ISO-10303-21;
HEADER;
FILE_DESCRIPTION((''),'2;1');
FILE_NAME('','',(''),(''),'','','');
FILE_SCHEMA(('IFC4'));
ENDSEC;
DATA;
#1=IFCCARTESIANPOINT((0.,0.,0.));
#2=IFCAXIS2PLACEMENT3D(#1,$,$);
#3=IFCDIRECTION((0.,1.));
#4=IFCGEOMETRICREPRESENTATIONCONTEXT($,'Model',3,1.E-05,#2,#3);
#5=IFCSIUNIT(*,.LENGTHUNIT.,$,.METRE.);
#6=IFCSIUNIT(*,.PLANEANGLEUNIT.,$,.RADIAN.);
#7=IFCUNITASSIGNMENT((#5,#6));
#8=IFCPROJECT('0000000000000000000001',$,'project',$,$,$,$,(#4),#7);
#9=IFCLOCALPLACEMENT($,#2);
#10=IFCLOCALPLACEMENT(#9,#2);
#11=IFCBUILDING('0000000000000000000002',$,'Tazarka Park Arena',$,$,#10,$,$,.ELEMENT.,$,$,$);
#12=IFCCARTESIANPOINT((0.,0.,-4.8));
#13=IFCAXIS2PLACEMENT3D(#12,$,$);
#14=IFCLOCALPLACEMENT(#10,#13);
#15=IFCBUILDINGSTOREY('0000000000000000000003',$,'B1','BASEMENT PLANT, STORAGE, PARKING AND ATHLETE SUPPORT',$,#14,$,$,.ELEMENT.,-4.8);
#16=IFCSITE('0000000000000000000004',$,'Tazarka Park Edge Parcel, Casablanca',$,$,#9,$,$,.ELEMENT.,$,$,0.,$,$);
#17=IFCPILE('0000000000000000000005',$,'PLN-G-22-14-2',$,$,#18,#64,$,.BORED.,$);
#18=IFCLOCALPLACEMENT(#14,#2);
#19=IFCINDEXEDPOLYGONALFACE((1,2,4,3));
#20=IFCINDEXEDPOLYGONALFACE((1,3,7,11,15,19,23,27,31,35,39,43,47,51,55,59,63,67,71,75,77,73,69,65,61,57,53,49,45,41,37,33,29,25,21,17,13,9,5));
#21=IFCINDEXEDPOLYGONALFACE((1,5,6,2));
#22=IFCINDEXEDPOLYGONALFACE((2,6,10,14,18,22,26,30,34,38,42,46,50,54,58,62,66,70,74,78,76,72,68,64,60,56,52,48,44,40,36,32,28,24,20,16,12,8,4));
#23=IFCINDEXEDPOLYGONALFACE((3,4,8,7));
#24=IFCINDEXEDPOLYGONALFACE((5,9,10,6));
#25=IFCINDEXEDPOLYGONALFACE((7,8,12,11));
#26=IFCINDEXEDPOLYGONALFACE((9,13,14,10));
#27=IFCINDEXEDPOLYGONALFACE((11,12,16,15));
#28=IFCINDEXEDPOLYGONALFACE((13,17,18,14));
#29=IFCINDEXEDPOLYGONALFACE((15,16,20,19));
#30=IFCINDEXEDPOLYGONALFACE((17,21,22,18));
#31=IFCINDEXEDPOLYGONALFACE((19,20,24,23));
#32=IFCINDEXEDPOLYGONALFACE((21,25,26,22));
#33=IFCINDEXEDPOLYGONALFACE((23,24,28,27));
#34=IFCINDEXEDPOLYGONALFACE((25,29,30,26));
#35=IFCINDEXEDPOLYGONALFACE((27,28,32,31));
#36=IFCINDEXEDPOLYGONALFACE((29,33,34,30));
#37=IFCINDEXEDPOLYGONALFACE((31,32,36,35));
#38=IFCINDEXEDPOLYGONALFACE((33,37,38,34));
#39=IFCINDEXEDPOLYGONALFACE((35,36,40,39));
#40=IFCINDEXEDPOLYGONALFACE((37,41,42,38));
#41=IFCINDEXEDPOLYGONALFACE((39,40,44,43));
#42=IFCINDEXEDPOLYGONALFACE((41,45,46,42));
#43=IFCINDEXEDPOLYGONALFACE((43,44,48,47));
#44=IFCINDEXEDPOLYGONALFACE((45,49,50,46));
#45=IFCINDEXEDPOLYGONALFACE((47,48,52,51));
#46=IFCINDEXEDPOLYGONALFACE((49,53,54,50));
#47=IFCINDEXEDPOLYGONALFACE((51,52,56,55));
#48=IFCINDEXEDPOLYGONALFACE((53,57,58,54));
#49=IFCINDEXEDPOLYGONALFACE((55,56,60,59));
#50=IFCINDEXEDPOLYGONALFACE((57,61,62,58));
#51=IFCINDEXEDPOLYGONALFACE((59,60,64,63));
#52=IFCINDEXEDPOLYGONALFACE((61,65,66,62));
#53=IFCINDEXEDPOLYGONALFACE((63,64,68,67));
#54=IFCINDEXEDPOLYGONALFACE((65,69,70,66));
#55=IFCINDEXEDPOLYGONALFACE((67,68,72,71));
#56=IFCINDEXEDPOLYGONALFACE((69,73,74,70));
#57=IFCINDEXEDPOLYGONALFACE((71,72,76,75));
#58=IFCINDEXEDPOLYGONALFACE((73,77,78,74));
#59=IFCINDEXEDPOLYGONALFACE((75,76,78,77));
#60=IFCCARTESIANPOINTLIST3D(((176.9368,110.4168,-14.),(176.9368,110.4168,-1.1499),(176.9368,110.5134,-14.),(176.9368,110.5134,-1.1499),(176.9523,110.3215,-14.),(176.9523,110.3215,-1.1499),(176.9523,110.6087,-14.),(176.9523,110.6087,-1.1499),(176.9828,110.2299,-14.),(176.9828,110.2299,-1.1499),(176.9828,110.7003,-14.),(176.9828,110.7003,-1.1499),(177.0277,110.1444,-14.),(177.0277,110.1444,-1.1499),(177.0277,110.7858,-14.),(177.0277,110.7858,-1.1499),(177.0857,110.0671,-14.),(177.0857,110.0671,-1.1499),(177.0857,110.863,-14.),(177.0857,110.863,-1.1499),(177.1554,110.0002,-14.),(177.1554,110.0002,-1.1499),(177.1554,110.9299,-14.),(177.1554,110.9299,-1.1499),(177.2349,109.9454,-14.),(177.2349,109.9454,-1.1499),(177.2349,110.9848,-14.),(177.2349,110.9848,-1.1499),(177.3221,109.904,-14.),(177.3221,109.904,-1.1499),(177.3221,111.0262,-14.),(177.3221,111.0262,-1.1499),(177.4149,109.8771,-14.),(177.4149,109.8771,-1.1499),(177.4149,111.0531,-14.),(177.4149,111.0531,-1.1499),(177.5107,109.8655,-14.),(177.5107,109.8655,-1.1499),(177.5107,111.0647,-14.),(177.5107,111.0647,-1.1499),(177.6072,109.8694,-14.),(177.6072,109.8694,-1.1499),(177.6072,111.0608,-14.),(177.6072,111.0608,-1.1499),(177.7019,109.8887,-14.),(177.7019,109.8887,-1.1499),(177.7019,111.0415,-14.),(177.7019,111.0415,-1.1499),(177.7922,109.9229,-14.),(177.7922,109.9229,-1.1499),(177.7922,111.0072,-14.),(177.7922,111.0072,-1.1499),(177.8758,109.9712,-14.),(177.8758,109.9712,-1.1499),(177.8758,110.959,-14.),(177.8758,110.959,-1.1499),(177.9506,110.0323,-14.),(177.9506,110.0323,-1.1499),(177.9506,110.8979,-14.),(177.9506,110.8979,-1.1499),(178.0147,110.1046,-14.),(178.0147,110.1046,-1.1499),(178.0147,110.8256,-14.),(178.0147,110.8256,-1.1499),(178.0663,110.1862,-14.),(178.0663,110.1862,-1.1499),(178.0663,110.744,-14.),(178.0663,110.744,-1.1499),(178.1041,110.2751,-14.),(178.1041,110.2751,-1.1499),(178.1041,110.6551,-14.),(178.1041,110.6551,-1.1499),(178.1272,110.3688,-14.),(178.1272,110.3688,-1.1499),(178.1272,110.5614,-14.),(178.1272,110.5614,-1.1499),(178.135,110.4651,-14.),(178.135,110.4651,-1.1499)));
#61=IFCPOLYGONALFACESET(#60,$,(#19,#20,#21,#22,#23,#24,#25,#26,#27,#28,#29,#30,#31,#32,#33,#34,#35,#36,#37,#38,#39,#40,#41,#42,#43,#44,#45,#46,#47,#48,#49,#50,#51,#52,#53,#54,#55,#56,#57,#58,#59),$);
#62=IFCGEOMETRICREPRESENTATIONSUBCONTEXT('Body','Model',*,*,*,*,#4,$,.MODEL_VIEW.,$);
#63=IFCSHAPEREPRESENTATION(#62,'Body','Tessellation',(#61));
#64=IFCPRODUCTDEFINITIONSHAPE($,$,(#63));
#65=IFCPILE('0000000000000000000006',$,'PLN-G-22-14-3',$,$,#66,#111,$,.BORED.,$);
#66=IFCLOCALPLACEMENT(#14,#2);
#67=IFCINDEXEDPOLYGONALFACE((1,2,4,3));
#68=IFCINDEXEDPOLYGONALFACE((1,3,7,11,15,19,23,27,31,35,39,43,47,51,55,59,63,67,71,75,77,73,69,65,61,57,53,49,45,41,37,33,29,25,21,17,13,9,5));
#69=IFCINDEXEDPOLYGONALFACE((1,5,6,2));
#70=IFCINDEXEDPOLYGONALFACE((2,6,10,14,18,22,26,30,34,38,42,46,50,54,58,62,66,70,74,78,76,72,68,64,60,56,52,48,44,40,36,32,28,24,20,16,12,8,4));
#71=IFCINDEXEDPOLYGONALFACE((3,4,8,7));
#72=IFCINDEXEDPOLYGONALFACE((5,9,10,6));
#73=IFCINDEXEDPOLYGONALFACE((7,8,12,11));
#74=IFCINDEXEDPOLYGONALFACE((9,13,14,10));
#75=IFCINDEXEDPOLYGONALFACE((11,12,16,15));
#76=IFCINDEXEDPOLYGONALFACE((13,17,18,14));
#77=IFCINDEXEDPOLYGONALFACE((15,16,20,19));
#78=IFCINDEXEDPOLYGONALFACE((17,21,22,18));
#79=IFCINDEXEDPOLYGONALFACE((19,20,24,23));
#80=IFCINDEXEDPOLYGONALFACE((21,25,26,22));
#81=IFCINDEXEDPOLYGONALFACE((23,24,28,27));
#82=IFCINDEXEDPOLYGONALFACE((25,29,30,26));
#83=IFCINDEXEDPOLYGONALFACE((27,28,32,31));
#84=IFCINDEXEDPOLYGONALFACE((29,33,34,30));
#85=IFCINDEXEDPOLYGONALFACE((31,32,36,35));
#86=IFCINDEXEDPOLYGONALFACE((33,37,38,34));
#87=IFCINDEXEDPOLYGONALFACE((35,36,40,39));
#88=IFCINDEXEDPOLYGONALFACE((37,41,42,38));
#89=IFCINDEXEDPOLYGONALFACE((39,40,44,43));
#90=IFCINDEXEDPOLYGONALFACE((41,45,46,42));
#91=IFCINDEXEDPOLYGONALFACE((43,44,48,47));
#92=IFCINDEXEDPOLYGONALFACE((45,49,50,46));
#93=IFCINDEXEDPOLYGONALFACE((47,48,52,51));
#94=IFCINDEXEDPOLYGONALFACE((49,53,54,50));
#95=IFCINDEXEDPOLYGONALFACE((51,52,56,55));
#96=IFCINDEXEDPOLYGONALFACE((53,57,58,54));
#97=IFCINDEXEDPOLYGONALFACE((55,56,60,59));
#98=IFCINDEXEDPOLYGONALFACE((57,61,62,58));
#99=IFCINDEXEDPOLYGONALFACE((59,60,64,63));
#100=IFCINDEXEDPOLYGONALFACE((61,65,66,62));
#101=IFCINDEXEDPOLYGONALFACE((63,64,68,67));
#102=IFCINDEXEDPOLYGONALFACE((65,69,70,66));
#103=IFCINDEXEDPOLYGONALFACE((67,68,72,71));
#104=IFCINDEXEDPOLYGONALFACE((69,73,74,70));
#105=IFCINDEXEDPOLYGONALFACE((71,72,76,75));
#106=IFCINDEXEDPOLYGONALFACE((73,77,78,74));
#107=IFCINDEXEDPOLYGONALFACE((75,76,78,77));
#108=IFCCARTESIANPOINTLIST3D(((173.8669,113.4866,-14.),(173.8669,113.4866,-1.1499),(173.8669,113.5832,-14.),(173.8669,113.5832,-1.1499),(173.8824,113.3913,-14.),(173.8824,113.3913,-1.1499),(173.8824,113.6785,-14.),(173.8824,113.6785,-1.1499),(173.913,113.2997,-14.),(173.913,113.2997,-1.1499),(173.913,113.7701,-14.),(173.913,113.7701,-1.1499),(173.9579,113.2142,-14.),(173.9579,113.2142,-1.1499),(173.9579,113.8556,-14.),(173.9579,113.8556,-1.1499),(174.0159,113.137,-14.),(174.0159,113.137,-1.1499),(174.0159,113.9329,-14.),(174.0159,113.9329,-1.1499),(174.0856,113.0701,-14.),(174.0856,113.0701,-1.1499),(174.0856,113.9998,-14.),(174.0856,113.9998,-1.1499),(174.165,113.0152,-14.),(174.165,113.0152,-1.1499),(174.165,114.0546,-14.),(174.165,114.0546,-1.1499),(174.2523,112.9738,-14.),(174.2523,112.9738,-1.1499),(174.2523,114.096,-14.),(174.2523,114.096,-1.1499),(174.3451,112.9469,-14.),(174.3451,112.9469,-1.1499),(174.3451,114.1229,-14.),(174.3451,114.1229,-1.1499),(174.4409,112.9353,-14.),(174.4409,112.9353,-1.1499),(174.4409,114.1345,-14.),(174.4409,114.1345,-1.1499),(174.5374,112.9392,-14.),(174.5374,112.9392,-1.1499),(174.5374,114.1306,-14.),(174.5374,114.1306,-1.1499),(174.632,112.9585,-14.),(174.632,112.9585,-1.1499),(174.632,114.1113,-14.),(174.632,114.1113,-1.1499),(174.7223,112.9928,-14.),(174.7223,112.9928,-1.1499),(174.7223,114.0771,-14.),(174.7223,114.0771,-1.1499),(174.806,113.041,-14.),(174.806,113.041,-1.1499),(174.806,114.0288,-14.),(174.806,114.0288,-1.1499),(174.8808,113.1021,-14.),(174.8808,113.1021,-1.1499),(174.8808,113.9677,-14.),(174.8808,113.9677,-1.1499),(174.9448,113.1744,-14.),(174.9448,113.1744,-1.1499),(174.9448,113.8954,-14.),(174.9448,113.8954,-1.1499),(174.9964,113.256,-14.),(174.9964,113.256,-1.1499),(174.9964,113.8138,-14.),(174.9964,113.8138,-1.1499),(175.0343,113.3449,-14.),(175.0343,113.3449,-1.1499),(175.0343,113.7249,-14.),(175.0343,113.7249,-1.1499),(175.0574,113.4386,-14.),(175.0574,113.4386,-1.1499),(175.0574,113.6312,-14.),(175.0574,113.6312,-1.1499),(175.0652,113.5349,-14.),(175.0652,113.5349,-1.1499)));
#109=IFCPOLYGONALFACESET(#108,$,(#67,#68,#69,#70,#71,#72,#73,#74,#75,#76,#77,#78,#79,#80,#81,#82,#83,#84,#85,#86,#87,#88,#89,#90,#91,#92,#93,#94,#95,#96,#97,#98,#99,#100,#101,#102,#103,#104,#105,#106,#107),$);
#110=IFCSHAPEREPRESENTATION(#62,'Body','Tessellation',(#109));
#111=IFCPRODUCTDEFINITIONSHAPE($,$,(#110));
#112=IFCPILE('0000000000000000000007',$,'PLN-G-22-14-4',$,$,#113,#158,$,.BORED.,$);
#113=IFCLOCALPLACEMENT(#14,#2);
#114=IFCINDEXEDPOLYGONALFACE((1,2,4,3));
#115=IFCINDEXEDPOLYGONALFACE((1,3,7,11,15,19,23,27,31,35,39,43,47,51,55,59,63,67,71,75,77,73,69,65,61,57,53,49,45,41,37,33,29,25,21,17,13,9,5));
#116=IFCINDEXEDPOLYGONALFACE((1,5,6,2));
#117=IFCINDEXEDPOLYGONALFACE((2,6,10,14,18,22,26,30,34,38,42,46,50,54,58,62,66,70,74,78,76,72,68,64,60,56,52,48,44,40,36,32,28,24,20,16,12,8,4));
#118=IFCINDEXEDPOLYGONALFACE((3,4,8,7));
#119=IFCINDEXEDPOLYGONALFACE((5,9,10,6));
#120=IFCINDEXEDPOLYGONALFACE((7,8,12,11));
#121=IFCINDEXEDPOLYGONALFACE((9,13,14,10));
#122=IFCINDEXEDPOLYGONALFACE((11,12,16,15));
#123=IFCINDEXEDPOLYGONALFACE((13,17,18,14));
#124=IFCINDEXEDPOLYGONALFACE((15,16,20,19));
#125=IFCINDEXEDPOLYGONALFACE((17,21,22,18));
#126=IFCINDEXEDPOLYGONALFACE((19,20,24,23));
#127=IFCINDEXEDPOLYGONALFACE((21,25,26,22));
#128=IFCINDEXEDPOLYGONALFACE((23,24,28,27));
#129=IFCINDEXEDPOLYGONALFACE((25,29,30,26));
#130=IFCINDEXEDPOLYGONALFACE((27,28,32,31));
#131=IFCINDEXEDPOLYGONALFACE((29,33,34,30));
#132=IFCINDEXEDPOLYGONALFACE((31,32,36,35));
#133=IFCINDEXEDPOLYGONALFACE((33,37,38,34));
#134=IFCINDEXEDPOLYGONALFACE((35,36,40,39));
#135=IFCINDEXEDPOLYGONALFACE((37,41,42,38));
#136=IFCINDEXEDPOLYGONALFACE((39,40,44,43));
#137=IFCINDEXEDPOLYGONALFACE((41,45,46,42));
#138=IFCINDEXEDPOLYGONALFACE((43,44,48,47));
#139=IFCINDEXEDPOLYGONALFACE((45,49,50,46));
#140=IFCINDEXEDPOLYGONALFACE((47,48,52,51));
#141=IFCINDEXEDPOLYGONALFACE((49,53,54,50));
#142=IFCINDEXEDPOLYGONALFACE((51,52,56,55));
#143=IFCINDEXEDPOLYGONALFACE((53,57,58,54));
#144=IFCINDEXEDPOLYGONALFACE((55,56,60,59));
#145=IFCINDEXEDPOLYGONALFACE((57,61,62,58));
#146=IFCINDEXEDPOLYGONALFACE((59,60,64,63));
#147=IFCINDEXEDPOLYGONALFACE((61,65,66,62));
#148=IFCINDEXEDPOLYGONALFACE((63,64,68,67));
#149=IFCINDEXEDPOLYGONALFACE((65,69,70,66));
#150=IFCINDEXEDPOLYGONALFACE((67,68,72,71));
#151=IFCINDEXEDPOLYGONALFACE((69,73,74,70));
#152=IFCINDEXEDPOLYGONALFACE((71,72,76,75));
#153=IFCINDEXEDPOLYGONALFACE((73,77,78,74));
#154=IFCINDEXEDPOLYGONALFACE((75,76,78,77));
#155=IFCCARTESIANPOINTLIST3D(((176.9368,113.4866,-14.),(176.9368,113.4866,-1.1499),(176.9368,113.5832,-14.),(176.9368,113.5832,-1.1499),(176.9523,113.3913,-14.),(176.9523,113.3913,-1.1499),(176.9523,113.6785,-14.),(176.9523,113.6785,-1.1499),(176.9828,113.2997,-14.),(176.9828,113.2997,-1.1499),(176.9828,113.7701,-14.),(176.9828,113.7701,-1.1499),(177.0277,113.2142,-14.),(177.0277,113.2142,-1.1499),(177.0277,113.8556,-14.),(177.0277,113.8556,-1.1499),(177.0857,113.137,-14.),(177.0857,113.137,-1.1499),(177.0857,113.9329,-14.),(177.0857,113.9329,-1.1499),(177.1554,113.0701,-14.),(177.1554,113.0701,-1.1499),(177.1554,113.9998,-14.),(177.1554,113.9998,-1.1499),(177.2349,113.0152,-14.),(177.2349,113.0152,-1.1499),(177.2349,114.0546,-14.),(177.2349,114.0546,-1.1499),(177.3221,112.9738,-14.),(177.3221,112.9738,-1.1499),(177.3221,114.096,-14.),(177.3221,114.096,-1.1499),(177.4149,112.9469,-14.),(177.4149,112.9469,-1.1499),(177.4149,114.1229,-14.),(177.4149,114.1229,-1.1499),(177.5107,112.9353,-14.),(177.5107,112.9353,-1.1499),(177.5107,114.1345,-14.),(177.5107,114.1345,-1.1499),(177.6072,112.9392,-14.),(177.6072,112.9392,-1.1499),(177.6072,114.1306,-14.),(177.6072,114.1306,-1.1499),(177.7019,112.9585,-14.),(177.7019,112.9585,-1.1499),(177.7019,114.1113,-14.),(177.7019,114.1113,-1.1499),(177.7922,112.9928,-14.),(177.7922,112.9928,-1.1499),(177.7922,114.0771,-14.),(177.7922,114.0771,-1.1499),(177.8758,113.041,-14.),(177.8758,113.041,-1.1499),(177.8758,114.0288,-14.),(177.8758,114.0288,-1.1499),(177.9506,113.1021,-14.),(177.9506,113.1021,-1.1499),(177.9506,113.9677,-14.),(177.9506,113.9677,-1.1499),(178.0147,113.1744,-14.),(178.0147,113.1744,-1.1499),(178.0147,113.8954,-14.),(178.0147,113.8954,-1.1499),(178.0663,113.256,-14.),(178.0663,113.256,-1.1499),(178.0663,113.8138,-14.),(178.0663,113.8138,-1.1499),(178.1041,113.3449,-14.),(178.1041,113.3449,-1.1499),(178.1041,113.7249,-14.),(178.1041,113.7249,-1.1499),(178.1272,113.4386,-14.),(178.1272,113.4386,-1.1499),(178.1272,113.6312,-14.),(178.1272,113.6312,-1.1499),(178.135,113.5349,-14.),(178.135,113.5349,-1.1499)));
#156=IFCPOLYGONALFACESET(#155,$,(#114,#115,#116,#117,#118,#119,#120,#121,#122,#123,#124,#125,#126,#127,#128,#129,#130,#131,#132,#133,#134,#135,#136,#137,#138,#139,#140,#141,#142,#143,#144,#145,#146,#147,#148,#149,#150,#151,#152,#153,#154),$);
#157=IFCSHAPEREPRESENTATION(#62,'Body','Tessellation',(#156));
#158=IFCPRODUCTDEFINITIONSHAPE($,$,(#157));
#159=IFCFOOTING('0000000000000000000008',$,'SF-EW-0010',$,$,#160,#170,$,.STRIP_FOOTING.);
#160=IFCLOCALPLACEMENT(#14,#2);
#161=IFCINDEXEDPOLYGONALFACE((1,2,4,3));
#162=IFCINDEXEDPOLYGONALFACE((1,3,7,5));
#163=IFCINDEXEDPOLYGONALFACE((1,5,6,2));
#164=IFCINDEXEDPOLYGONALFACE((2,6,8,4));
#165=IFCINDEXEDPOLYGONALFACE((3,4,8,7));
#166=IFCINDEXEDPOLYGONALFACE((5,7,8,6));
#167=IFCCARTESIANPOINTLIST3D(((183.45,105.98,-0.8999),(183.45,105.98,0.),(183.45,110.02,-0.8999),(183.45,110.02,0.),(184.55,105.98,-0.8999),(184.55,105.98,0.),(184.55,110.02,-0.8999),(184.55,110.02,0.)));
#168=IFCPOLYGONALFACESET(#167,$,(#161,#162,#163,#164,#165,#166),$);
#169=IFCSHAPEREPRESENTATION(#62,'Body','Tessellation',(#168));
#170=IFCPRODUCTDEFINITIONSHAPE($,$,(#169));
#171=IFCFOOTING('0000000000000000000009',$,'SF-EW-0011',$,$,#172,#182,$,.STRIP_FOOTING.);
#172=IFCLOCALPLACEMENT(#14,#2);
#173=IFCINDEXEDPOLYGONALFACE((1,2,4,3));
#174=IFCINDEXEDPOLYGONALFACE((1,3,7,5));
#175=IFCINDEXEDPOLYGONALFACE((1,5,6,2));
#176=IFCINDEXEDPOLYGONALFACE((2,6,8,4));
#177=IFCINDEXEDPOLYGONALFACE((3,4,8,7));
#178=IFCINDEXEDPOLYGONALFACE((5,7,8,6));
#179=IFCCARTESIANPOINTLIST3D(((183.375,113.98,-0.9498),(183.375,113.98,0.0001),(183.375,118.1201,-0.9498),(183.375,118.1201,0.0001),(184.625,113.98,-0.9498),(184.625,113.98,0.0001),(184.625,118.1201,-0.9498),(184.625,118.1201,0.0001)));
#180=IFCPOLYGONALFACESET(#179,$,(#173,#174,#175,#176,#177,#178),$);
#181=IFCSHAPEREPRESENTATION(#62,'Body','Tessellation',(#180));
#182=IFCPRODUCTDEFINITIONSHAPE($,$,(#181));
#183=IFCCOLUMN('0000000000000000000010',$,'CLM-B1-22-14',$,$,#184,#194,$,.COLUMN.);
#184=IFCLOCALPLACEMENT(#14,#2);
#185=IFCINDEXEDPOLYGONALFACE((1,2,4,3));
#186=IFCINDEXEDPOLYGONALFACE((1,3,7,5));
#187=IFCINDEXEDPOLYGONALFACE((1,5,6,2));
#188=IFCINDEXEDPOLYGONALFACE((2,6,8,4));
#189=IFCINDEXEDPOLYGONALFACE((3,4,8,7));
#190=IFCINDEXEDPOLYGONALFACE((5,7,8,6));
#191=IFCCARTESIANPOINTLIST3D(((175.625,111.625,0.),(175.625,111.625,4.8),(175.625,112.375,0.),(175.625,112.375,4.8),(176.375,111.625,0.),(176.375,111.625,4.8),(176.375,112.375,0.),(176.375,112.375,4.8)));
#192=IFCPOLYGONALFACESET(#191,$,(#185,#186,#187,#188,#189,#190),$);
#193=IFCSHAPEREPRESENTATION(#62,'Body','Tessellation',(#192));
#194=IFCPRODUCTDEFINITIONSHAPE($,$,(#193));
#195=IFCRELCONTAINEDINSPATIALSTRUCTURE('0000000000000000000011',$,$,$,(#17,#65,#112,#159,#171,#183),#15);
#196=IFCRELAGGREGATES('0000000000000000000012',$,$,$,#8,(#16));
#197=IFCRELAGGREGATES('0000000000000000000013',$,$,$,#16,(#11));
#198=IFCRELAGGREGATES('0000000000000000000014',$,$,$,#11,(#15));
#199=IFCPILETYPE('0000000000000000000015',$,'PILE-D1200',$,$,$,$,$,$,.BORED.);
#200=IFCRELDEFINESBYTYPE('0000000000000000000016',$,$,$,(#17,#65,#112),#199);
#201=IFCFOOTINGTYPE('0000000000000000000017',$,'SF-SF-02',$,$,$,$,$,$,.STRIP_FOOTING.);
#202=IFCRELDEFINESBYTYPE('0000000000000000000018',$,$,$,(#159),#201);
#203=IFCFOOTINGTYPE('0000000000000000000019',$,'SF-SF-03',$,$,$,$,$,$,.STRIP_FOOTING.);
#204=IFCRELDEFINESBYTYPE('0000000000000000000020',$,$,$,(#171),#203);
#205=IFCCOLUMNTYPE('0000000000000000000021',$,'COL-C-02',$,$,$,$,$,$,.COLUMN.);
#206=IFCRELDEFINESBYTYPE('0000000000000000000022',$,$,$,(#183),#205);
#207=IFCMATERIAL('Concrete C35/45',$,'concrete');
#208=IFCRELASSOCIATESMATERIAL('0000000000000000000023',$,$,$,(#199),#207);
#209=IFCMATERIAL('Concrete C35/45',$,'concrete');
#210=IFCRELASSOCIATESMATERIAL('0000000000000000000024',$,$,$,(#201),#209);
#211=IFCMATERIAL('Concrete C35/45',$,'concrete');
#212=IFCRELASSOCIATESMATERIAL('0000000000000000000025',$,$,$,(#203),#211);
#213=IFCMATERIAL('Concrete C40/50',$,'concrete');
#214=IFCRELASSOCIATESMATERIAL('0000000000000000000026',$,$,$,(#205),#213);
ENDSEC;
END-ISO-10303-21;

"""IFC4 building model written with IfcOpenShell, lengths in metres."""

from ifc_helpers import new_model, si_unit, direction, frame, origin, origin_2d, place, context, subcontext, project, spatial, rectangle, circle, extrude, material, material_profile, profile_set, type_object, element, save


model = new_model("IFC4")

# Units and contexts
model_context = context("Model", 3, precision=1e-05, world=origin(), true_north=direction((0.0, 1.0)))
body_context = subcontext(model_context, "Body", "Model", "MODEL_VIEW")
ifc_project = project(units=[si_unit("LENGTHUNIT", "METRE"), si_unit("PLANEANGLEUNIT", "RADIAN")], contexts=[model_context])

# Site, building, storey
site_placement = place(None, origin())
site = spatial("IfcSite", under=ifc_project, at=site_placement, Name="Tazarka Park Edge Parcel, Casablanca", CompositionType="ELEMENT", RefElevation=0.0)
building_placement = place(site_placement, origin())
building = spatial("IfcBuilding", under=site, at=building_placement, Name="Tazarka Park Arena", CompositionType="ELEMENT")
storey_placement = place(building_placement, frame((0.0, 0.0, -4.8)))
storey = spatial("IfcBuildingStorey", under=building, at=storey_placement, Name="B1", Description="BASEMENT PLANT, STORAGE, PARKING AND ATHLETE SUPPORT", CompositionType="ELEMENT", Elevation=-4.8)

# Piles
ifc_material_1 = material(Name="Concrete C35/45", Category="concrete")
ifc_material_profile_1 = material_profile(ifc_material_1, circle(Radius=0.6001, at=origin_2d()), Name="Concrete C35/45")
ifc_profile_set_1 = profile_set([ifc_material_profile_1], Name="Concrete C35/45")
pile_type = type_object("IfcPileType", Name="PILE-D1200", PredefinedType="BORED", material=ifc_profile_set_1)
for number, where, z_axis, x_axis, name in (
    (1, (177.5349, 110.4651, -1.1499), (0.0, 0.0, -1.0), (1.0, 0.0, 0.0), "PLN-G-22-14-2"),
    (2, (174.4651, 113.5349, -1.1499), (0.0, 0.0, -1.0), (1.0, 0.0, 0.0), "PLN-G-22-14-3"),
    (3, (177.5349, 113.5349, -1.1499), (0.0, 0.0, -1.0), (1.0, 0.0, 0.0), "PLN-G-22-14-4"),
):
    element("IfcPile", number, at=place(storey_placement, frame(where, z_axis=z_axis, x_axis=x_axis)), inside=storey, type_object=pile_type, Name=name, PredefinedType="BORED", context=body_context, shape_type="SweptSolid", body=[
        extrude(circle(Radius=0.6001, at=origin_2d()), origin(), (0.0, 0.0, 1.0), 12.8501),
    ])

# Footings
ifc_material_2 = material(Name="Concrete C35/45", Category="concrete")
ifc_material_profile_2 = material_profile(ifc_material_2, rectangle(XDim=1.1001, YDim=0.8999, at=origin_2d()), Name="Concrete C35/45")
ifc_profile_set_2 = profile_set([ifc_material_profile_2], Name="Concrete C35/45")
footing_type_1 = type_object("IfcFootingType", Name="SF-SF-02", PredefinedType="STRIP_FOOTING", material=ifc_profile_set_2)
footing_1_placement = place(storey_placement, frame((184.0, 110.02, -0.45), z_axis=(0.0, -1.0, 0.0), x_axis=(1.0, 0.0, 0.0)))
element("IfcFooting", 4, at=footing_1_placement, inside=storey, type_object=footing_type_1, Name="SF-EW-0010", PredefinedType="STRIP_FOOTING", context=body_context, shape_type="SweptSolid", body=[
    extrude(rectangle(XDim=1.1001, YDim=0.8999, at=origin_2d()), origin(), (0.0, 0.0, 1.0), 4.04),
])
ifc_material_3 = material(Name="Concrete C35/45", Category="concrete")
ifc_material_profile_3 = material_profile(ifc_material_3, rectangle(XDim=1.25, YDim=0.95, at=origin_2d()), Name="Concrete C35/45")
ifc_profile_set_3 = profile_set([ifc_material_profile_3], Name="Concrete C35/45")
footing_type_2 = type_object("IfcFootingType", Name="SF-SF-03", PredefinedType="STRIP_FOOTING", material=ifc_profile_set_3)
footing_2_placement = place(storey_placement, frame((184.0, 118.1201, -0.4749), z_axis=(0.0, -1.0, 0.0), x_axis=(1.0, 0.0, 0.0)))
element("IfcFooting", 5, at=footing_2_placement, inside=storey, type_object=footing_type_2, Name="SF-EW-0011", PredefinedType="STRIP_FOOTING", context=body_context, shape_type="SweptSolid", body=[
    extrude(rectangle(XDim=1.25, YDim=0.95, at=origin_2d()), origin(), (0.0, 0.0, 1.0), 4.1401),
])

# Column
ifc_material_4 = material(Name="Concrete C40/50", Category="concrete")
ifc_material_profile_4 = material_profile(ifc_material_4, rectangle(XDim=0.75, YDim=0.75, at=origin_2d()), Name="Concrete C40/50")
ifc_profile_set_4 = profile_set([ifc_material_profile_4], Name="Concrete C40/50")
column_type = type_object("IfcColumnType", Name="COL-C-02", PredefinedType="COLUMN", material=ifc_profile_set_4)
for number, where, z_axis, x_axis, name in (
    (6, (176.0, 112.0, 0.0), (0.0, 0.0, 1.0), (1.0, 0.0, 0.0), "CLM-B1-22-14"),
):
    element("IfcColumn", number, at=place(storey_placement, frame(where, z_axis=z_axis, x_axis=x_axis)), inside=storey, type_object=column_type, Name=name, PredefinedType="COLUMN", context=body_context, shape_type="SweptSolid", body=[
        extrude(rectangle(XDim=0.75, YDim=0.75, at=origin_2d()), origin(), (0.0, 0.0, 1.0), 4.8),
    ])

save(model, "model.ifc")
